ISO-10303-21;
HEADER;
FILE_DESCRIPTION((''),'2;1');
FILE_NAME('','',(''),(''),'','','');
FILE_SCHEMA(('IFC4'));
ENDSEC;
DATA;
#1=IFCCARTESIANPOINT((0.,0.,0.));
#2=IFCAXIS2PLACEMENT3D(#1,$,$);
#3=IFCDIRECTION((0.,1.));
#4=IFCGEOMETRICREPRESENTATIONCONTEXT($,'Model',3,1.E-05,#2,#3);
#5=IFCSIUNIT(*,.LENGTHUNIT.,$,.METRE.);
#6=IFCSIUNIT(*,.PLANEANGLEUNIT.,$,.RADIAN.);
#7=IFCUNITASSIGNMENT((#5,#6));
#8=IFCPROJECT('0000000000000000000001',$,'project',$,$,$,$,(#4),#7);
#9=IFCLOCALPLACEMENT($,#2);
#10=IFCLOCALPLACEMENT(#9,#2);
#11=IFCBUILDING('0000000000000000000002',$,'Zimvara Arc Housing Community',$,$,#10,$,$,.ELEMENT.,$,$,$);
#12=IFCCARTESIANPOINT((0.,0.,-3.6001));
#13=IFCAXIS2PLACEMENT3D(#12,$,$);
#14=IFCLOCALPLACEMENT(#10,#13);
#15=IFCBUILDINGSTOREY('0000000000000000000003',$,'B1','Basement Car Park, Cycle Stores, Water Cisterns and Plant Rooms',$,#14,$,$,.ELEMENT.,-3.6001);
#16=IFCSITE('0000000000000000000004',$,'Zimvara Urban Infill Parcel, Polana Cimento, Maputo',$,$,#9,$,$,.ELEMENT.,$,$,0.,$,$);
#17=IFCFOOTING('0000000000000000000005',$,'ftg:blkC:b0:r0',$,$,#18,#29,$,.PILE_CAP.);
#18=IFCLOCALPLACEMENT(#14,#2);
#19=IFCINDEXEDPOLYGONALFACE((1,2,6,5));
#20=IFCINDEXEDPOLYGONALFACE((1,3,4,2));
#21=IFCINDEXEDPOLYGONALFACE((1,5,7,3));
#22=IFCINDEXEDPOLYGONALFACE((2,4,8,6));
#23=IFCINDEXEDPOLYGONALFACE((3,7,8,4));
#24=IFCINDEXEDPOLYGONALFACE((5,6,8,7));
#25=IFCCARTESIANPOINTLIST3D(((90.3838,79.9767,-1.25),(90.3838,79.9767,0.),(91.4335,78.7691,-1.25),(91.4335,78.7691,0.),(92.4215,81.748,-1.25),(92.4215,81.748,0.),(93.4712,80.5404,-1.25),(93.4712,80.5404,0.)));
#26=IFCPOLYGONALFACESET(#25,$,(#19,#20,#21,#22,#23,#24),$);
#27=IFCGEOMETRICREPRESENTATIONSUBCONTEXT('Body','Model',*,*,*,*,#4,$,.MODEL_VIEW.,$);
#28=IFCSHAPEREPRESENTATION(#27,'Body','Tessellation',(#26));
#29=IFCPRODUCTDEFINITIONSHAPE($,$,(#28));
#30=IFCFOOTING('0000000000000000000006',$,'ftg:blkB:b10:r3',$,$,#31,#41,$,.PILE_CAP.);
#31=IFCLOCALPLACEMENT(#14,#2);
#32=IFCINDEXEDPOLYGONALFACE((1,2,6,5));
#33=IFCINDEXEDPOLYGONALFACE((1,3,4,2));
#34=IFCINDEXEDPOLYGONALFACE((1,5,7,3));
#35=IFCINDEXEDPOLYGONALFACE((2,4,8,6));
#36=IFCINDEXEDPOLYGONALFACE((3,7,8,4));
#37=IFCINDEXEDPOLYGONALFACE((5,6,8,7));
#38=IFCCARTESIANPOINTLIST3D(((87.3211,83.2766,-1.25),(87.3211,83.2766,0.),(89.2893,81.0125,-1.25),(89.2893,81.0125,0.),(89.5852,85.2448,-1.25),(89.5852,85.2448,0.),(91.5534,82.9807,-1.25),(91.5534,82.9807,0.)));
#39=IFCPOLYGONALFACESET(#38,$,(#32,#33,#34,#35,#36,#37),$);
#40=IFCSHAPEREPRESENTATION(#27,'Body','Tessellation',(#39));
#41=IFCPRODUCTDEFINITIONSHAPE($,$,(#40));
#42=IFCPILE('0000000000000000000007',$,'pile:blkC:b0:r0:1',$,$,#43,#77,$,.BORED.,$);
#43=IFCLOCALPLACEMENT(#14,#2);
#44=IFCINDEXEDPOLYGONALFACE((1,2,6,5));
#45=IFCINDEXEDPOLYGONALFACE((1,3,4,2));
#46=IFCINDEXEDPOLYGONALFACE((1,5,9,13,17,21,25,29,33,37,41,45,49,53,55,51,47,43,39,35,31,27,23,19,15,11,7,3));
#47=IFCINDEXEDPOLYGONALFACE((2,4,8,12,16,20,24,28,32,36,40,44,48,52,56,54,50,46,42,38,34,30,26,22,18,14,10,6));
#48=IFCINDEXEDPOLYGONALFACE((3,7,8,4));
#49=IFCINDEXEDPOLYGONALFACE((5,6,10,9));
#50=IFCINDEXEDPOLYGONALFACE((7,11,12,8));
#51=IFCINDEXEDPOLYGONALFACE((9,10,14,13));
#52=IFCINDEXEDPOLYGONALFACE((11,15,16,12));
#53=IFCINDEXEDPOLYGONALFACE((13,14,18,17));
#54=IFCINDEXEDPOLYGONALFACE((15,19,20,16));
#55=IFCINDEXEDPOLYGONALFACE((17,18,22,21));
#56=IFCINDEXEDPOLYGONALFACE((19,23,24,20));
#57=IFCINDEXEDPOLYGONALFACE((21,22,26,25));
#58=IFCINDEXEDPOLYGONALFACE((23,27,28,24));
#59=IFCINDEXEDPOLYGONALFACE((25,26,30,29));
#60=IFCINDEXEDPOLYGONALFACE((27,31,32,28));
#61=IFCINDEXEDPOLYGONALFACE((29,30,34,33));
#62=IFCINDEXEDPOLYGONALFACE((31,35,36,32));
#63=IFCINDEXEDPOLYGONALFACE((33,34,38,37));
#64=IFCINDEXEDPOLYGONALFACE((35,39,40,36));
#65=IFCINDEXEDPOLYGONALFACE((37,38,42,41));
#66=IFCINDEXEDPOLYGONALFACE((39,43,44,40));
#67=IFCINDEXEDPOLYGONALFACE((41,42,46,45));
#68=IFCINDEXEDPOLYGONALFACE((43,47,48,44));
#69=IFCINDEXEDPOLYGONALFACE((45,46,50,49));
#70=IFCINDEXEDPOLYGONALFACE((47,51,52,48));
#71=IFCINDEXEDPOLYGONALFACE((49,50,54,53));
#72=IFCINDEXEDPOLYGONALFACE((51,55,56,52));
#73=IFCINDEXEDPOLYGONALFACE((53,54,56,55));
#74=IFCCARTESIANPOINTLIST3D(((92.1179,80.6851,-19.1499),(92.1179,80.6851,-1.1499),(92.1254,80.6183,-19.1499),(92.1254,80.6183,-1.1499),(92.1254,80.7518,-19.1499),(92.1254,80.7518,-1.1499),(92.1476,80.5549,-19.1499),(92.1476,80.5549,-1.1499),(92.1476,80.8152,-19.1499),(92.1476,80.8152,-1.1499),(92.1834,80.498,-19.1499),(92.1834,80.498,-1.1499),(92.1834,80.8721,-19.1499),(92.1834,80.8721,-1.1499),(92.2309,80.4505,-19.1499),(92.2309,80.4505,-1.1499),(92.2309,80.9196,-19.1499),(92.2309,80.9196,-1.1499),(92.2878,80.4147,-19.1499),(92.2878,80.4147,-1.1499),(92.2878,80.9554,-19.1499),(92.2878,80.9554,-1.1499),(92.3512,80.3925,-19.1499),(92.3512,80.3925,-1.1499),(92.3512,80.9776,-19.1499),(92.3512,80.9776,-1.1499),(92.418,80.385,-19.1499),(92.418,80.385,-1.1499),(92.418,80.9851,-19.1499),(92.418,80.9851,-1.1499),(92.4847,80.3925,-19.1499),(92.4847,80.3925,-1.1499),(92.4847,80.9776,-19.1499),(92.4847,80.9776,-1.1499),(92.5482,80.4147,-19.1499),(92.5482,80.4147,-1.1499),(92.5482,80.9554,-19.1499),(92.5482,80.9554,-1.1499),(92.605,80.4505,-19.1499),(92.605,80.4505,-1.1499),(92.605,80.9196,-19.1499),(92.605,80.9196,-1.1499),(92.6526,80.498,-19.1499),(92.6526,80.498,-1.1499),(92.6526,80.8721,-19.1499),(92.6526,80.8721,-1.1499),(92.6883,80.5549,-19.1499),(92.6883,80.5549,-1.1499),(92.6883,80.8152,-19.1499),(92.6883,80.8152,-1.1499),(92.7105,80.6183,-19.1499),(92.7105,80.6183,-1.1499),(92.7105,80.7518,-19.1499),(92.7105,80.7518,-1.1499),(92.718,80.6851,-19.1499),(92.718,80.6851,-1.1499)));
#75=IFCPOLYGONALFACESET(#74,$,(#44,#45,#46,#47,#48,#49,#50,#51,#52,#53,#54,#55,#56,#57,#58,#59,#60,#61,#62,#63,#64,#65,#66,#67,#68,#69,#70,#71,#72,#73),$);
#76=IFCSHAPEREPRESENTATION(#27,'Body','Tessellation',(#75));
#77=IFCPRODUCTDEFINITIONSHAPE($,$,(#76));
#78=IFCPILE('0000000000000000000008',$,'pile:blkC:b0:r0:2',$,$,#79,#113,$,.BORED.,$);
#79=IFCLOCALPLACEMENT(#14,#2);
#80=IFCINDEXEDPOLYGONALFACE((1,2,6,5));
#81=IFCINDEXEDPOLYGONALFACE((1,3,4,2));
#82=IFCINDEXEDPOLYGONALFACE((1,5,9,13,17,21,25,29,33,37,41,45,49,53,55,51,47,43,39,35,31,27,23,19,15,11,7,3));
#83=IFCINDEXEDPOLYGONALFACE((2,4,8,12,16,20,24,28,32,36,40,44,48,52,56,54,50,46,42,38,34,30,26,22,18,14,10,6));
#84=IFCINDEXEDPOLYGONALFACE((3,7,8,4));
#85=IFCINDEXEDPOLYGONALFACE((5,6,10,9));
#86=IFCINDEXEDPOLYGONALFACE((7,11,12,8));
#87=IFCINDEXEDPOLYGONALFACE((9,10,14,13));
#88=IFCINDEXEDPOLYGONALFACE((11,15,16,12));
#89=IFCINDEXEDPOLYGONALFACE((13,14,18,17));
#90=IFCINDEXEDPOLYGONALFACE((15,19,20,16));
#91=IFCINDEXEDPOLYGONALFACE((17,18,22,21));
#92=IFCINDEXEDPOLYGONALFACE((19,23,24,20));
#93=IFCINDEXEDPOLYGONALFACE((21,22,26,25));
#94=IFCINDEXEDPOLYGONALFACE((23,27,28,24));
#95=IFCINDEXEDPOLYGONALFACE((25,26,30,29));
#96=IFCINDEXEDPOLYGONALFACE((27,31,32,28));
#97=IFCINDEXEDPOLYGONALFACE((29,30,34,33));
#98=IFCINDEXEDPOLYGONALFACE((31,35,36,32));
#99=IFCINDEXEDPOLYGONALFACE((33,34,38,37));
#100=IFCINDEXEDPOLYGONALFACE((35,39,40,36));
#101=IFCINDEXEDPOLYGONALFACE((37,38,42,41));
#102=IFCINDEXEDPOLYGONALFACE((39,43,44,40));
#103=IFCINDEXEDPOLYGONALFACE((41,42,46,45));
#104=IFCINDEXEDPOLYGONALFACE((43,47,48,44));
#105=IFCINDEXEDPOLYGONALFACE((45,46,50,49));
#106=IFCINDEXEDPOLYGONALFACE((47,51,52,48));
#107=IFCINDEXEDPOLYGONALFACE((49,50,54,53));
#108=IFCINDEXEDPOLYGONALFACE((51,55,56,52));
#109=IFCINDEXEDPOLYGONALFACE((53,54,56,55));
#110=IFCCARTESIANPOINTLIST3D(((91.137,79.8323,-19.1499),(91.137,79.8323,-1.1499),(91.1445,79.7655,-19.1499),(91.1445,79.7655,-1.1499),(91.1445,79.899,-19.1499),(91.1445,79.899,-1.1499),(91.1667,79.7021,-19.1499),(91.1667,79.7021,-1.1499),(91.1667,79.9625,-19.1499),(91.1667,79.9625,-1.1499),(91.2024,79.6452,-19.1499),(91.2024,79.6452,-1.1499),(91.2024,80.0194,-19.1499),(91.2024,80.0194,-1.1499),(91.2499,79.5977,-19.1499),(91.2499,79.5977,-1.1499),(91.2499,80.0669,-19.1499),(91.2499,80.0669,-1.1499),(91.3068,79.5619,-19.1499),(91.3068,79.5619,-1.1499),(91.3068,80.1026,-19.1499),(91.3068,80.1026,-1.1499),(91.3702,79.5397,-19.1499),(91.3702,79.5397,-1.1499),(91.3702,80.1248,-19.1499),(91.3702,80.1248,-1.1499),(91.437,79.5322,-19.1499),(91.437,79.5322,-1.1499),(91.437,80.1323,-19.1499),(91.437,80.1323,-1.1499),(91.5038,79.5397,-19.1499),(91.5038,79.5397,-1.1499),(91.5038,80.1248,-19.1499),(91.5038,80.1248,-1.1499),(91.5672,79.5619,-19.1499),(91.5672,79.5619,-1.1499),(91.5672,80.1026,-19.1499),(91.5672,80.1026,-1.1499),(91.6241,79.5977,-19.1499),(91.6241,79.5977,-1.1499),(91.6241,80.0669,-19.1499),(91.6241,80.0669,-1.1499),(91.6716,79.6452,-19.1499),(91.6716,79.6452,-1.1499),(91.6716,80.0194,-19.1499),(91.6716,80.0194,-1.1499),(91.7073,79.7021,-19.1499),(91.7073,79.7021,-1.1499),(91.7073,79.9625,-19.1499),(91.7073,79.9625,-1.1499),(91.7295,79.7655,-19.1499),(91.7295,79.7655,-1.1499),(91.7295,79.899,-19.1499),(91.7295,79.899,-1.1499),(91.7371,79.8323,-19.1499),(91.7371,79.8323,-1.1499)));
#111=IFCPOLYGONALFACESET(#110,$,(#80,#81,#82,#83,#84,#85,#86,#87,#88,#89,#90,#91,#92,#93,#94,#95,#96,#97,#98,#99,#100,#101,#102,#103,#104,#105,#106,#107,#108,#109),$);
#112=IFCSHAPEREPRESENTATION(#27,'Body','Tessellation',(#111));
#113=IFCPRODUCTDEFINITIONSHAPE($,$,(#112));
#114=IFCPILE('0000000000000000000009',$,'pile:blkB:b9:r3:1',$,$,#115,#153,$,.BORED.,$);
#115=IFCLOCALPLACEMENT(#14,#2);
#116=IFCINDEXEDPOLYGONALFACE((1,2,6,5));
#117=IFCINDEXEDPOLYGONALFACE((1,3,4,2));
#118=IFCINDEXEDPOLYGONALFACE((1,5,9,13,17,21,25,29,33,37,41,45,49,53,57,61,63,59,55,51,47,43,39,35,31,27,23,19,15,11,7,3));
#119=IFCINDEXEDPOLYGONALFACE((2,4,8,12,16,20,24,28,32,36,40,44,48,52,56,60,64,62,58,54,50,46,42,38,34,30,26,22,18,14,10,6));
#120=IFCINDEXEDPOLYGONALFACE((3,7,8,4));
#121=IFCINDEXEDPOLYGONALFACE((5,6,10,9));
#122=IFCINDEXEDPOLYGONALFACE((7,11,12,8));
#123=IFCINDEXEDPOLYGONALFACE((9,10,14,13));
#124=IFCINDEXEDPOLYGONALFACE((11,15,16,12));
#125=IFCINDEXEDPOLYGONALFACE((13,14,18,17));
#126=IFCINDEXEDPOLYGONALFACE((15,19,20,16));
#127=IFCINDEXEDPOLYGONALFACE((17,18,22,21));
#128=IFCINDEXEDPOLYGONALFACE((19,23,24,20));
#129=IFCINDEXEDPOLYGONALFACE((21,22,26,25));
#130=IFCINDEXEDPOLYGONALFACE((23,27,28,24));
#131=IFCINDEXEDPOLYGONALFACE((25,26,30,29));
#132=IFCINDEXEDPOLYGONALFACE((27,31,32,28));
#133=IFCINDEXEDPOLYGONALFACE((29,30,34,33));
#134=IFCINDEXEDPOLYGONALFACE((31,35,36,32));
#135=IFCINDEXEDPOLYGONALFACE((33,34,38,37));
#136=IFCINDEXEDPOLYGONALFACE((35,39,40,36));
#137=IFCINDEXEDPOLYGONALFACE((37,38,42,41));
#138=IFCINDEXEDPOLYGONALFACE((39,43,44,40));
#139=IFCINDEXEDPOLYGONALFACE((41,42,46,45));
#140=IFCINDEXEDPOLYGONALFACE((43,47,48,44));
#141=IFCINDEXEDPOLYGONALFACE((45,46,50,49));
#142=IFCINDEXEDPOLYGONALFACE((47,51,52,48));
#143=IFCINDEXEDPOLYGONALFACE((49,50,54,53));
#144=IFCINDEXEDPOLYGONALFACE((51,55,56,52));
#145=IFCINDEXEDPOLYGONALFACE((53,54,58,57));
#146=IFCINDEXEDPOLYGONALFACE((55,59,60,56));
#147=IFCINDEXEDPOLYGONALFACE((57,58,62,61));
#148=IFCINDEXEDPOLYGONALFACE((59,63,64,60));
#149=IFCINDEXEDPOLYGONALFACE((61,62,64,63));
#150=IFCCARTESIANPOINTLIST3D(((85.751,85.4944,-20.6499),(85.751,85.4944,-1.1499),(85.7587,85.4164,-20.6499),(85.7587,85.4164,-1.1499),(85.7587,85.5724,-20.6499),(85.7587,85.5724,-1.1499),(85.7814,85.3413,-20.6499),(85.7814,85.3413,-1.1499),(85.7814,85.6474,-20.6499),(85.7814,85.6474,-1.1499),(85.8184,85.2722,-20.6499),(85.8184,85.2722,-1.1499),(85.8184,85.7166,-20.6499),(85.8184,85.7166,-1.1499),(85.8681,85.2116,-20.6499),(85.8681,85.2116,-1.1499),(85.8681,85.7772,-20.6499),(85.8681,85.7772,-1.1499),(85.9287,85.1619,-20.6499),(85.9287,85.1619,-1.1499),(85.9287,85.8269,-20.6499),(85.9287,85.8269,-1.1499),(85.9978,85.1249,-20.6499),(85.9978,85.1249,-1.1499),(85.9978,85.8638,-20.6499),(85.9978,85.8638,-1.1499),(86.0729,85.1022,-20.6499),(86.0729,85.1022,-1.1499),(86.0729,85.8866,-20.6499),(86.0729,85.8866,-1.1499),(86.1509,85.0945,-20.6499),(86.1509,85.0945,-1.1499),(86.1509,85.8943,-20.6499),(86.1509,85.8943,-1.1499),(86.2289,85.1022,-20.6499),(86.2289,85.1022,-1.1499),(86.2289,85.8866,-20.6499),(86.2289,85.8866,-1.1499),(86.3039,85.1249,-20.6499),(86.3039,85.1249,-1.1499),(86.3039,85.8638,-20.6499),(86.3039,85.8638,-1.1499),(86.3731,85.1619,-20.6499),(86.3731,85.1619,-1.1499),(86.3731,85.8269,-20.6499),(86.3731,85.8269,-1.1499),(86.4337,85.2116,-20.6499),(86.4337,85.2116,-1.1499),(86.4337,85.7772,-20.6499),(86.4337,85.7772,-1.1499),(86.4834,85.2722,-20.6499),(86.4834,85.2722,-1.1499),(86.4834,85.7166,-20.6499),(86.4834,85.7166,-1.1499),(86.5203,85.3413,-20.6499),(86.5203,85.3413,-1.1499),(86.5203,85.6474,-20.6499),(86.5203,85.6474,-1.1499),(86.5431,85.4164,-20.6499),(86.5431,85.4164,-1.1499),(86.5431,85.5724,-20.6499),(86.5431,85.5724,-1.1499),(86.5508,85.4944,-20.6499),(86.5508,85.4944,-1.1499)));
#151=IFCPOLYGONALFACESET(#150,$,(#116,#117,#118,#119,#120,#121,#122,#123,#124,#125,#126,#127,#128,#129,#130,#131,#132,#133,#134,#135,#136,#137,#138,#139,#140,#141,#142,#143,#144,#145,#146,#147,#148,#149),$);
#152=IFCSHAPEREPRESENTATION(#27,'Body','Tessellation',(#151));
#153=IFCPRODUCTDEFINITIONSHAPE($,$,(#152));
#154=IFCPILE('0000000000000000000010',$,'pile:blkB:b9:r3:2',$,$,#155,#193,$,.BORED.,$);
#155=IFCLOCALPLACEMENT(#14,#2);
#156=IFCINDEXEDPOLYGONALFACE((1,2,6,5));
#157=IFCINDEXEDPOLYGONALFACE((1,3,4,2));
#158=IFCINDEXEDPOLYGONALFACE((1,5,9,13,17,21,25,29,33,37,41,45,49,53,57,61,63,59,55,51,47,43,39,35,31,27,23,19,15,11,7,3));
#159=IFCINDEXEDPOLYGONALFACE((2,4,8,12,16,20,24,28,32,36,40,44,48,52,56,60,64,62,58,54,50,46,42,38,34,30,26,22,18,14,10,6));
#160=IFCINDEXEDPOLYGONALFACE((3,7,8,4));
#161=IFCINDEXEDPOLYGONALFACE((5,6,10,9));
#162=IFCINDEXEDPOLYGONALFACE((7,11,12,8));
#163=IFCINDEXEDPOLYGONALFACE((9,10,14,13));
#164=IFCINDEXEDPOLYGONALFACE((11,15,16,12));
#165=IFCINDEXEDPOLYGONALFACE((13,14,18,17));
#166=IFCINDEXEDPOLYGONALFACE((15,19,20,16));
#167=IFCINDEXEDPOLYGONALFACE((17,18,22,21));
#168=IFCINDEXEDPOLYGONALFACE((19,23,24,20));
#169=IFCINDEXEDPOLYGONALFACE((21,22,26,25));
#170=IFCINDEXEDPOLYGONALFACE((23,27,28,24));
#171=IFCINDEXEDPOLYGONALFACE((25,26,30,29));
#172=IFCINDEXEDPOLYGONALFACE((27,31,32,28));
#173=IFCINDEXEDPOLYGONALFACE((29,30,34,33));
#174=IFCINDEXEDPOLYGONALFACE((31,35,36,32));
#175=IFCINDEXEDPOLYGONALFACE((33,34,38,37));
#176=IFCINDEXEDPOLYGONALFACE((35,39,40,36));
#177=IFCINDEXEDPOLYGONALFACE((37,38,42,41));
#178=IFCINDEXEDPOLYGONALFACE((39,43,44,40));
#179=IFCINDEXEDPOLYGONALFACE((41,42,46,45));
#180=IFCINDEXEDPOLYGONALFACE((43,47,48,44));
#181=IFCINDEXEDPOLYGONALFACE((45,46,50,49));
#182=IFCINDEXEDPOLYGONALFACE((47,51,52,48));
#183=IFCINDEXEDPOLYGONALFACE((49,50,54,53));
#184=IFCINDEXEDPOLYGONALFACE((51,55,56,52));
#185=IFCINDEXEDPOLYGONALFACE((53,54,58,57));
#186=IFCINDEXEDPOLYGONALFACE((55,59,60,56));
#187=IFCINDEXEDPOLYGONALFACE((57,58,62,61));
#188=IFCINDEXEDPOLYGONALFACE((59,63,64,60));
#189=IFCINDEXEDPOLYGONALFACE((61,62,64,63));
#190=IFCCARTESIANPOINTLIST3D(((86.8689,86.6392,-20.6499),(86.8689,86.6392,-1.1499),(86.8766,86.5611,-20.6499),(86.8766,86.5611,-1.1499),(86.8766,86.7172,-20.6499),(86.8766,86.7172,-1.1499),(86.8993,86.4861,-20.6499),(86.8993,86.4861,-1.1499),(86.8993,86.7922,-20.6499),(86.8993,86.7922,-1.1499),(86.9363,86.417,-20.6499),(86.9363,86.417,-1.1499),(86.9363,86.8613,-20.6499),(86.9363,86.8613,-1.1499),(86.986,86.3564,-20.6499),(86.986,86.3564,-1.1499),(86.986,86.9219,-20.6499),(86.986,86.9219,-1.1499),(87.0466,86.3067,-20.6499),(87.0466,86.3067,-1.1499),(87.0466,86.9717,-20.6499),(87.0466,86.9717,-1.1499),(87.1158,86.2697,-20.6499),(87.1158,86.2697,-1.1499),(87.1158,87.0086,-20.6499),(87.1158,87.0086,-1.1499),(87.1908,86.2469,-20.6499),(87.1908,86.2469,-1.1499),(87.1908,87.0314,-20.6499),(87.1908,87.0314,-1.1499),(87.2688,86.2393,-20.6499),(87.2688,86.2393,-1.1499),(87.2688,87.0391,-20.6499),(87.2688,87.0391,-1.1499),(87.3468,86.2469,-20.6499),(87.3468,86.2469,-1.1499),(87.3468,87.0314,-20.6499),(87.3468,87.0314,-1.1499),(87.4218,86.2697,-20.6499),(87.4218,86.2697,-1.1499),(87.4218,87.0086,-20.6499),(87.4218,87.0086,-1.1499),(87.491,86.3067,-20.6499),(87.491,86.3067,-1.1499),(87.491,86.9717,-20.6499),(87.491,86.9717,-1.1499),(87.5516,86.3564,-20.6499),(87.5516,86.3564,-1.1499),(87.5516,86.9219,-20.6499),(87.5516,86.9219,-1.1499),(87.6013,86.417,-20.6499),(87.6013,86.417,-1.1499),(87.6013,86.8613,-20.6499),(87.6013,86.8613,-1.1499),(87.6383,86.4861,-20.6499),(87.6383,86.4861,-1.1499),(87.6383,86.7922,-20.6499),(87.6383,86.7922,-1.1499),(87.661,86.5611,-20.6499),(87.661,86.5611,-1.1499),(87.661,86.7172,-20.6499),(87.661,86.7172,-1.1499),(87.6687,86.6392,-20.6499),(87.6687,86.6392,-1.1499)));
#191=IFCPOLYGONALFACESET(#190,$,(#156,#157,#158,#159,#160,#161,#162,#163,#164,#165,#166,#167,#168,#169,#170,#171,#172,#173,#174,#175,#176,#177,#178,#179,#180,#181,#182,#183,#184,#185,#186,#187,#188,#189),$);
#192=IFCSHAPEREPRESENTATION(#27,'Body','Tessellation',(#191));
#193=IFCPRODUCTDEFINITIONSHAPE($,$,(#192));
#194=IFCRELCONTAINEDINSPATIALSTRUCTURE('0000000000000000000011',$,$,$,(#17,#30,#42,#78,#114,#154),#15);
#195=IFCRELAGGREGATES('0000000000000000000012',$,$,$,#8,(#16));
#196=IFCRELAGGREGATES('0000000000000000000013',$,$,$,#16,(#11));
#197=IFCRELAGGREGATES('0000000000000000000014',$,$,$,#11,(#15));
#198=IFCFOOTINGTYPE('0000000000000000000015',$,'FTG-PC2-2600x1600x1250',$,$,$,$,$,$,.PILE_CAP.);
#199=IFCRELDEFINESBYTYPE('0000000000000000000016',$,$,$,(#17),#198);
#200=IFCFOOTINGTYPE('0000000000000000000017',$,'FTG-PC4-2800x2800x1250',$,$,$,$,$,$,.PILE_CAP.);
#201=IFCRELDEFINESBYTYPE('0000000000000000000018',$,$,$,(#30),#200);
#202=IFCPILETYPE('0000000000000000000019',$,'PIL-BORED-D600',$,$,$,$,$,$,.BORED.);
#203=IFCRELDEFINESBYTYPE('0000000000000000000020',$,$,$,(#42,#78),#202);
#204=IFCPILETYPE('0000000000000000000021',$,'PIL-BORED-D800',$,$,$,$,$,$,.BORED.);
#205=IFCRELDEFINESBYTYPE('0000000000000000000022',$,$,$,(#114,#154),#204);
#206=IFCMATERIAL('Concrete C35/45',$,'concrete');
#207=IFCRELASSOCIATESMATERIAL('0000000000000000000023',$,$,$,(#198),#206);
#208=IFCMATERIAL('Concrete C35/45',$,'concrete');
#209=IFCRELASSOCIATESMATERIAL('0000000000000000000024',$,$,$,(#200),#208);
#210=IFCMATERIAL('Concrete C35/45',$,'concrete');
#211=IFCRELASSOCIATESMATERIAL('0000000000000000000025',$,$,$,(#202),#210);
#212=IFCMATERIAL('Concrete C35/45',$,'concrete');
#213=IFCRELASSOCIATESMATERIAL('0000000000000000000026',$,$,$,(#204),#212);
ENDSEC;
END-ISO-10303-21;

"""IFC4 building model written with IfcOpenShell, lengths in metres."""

from ifc_helpers import new_model, si_unit, direction, frame, origin, origin_2d, place, context, subcontext, project, spatial, rectangle, circle, extrude, material, material_profile, profile_set, type_object, element, save


model = new_model("IFC4")

# Units and contexts
model_context = context("Model", 3, precision=1e-05, world=origin(), true_north=direction((0.0, 1.0)))
body_context = subcontext(model_context, "Body", "Model", "MODEL_VIEW")
ifc_project = project(units=[si_unit("LENGTHUNIT", "METRE"), si_unit("PLANEANGLEUNIT", "RADIAN")], contexts=[model_context])

# Site, building, storey
site_placement = place(None, origin())
site = spatial("IfcSite", under=ifc_project, at=site_placement, Name="Zimvara Urban Infill Parcel, Polana Cimento, Maputo", CompositionType="ELEMENT", RefElevation=0.0)
building_placement = place(site_placement, origin())
building = spatial("IfcBuilding", under=site, at=building_placement, Name="Zimvara Arc Housing Community", CompositionType="ELEMENT")
storey_placement = place(building_placement, frame((0.0, 0.0, -3.6001)))
storey = spatial("IfcBuildingStorey", under=building, at=storey_placement, Name="B1", Description="Basement Car Park, Cycle Stores, Water Cisterns and Plant Rooms", CompositionType="ELEMENT", Elevation=-3.6001)

# Footings
ifc_material_1 = material(Name="Concrete C35/45", Category="concrete")
footing_type_1 = type_object("IfcFootingType", Name="FTG-PC2-2600x1600x1250", PredefinedType="PILE_CAP", material=ifc_material_1)
footing_1_placement = place(storey_placement, frame((91.9275, 80.2585, -1.25), z_axis=(0.0, 0.0, 1.0), x_axis=(-0.75471, -0.656059, 0.0)))
element("IfcFooting", 1, at=footing_1_placement, inside=storey, type_object=footing_type_1, Name="ftg:blkC:b0:r0", PredefinedType="PILE_CAP", context=body_context, shape_type="SweptSolid", body=[
    extrude(rectangle(XDim=2.7, YDim=1.6001, at=origin_2d()), origin(), (0.0, 0.0, 1.0), 1.25),
])
ifc_material_2 = material(Name="Concrete C35/45", Category="concrete")
footing_type_2 = type_object("IfcFootingType", Name="FTG-PC4-2800x2800x1250", PredefinedType="PILE_CAP", material=ifc_material_2)
footing_2_placement = place(storey_placement, frame((89.4373, 83.1287, -1.25), z_axis=(0.0, 0.0, 1.0), x_axis=(0.75471, 0.656059, 0.0)))
element("IfcFooting", 2, at=footing_2_placement, inside=storey, type_object=footing_type_2, Name="ftg:blkB:b10:r3", PredefinedType="PILE_CAP", context=body_context, shape_type="SweptSolid", body=[
    extrude(rectangle(XDim=3.0, YDim=3.0, at=origin_2d()), origin(), (0.0, 0.0, 1.0), 1.25),
])

# Piles
ifc_material_3 = material(Name="Concrete C35/45", Category="concrete")
ifc_material_profile_1 = material_profile(ifc_material_3, circle(Radius=0.3, at=origin_2d()), Name="PILE D600")
ifc_profile_set_1 = profile_set([ifc_material_profile_1], Name="Concrete C35/45")
pile_type_1 = type_object("IfcPileType", Name="PIL-BORED-D600", PredefinedType="BORED", material=ifc_profile_set_1)
for number, where, z_axis, x_axis, name in (
    (3, (92.418, 80.6851, -1.1499), (0.0, 0.0, -1.0), (1.0, 0.0, 0.0), "pile:blkC:b0:r0:1"),
    (4, (91.437, 79.8323, -1.1499), (0.0, 0.0, -1.0), (1.0, 0.0, 0.0), "pile:blkC:b0:r0:2"),
):
    element("IfcPile", number, at=place(storey_placement, frame(where, z_axis=z_axis, x_axis=x_axis)), inside=storey, type_object=pile_type_1, Name=name, PredefinedType="BORED", context=body_context, shape_type="SweptSolid", body=[
        extrude(circle(Radius=0.3, at=origin_2d()), origin(), (0.0, 0.0, 1.0), 18.0),
    ])
ifc_material_4 = material(Name="Concrete C35/45", Category="concrete")
ifc_material_profile_2 = material_profile(ifc_material_4, circle(Radius=0.3999, at=origin_2d()), Name="PILE D800")
ifc_profile_set_2 = profile_set([ifc_material_profile_2], Name="Concrete C35/45")
pile_type_2 = type_object("IfcPileType", Name="PIL-BORED-D800", PredefinedType="BORED", material=ifc_profile_set_2)
for number, where, z_axis, x_axis, name in (
    (5, (86.1509, 85.4944, -1.1499), (0.0, 0.0, -1.0), (1.0, 0.0, 0.0), "pile:blkB:b9:r3:1"),
    (6, (87.2688, 86.6392, -1.1499), (0.0, 0.0, -1.0), (1.0, 0.0, 0.0), "pile:blkB:b9:r3:2"),
):
    element("IfcPile", number, at=place(storey_placement, frame(where, z_axis=z_axis, x_axis=x_axis)), inside=storey, type_object=pile_type_2, Name=name, PredefinedType="BORED", context=body_context, shape_type="SweptSolid", body=[
        extrude(circle(Radius=0.3999, at=origin_2d()), origin(), (0.0, 0.0, 1.0), 19.5),
    ])

save(model, "model.ifc")
